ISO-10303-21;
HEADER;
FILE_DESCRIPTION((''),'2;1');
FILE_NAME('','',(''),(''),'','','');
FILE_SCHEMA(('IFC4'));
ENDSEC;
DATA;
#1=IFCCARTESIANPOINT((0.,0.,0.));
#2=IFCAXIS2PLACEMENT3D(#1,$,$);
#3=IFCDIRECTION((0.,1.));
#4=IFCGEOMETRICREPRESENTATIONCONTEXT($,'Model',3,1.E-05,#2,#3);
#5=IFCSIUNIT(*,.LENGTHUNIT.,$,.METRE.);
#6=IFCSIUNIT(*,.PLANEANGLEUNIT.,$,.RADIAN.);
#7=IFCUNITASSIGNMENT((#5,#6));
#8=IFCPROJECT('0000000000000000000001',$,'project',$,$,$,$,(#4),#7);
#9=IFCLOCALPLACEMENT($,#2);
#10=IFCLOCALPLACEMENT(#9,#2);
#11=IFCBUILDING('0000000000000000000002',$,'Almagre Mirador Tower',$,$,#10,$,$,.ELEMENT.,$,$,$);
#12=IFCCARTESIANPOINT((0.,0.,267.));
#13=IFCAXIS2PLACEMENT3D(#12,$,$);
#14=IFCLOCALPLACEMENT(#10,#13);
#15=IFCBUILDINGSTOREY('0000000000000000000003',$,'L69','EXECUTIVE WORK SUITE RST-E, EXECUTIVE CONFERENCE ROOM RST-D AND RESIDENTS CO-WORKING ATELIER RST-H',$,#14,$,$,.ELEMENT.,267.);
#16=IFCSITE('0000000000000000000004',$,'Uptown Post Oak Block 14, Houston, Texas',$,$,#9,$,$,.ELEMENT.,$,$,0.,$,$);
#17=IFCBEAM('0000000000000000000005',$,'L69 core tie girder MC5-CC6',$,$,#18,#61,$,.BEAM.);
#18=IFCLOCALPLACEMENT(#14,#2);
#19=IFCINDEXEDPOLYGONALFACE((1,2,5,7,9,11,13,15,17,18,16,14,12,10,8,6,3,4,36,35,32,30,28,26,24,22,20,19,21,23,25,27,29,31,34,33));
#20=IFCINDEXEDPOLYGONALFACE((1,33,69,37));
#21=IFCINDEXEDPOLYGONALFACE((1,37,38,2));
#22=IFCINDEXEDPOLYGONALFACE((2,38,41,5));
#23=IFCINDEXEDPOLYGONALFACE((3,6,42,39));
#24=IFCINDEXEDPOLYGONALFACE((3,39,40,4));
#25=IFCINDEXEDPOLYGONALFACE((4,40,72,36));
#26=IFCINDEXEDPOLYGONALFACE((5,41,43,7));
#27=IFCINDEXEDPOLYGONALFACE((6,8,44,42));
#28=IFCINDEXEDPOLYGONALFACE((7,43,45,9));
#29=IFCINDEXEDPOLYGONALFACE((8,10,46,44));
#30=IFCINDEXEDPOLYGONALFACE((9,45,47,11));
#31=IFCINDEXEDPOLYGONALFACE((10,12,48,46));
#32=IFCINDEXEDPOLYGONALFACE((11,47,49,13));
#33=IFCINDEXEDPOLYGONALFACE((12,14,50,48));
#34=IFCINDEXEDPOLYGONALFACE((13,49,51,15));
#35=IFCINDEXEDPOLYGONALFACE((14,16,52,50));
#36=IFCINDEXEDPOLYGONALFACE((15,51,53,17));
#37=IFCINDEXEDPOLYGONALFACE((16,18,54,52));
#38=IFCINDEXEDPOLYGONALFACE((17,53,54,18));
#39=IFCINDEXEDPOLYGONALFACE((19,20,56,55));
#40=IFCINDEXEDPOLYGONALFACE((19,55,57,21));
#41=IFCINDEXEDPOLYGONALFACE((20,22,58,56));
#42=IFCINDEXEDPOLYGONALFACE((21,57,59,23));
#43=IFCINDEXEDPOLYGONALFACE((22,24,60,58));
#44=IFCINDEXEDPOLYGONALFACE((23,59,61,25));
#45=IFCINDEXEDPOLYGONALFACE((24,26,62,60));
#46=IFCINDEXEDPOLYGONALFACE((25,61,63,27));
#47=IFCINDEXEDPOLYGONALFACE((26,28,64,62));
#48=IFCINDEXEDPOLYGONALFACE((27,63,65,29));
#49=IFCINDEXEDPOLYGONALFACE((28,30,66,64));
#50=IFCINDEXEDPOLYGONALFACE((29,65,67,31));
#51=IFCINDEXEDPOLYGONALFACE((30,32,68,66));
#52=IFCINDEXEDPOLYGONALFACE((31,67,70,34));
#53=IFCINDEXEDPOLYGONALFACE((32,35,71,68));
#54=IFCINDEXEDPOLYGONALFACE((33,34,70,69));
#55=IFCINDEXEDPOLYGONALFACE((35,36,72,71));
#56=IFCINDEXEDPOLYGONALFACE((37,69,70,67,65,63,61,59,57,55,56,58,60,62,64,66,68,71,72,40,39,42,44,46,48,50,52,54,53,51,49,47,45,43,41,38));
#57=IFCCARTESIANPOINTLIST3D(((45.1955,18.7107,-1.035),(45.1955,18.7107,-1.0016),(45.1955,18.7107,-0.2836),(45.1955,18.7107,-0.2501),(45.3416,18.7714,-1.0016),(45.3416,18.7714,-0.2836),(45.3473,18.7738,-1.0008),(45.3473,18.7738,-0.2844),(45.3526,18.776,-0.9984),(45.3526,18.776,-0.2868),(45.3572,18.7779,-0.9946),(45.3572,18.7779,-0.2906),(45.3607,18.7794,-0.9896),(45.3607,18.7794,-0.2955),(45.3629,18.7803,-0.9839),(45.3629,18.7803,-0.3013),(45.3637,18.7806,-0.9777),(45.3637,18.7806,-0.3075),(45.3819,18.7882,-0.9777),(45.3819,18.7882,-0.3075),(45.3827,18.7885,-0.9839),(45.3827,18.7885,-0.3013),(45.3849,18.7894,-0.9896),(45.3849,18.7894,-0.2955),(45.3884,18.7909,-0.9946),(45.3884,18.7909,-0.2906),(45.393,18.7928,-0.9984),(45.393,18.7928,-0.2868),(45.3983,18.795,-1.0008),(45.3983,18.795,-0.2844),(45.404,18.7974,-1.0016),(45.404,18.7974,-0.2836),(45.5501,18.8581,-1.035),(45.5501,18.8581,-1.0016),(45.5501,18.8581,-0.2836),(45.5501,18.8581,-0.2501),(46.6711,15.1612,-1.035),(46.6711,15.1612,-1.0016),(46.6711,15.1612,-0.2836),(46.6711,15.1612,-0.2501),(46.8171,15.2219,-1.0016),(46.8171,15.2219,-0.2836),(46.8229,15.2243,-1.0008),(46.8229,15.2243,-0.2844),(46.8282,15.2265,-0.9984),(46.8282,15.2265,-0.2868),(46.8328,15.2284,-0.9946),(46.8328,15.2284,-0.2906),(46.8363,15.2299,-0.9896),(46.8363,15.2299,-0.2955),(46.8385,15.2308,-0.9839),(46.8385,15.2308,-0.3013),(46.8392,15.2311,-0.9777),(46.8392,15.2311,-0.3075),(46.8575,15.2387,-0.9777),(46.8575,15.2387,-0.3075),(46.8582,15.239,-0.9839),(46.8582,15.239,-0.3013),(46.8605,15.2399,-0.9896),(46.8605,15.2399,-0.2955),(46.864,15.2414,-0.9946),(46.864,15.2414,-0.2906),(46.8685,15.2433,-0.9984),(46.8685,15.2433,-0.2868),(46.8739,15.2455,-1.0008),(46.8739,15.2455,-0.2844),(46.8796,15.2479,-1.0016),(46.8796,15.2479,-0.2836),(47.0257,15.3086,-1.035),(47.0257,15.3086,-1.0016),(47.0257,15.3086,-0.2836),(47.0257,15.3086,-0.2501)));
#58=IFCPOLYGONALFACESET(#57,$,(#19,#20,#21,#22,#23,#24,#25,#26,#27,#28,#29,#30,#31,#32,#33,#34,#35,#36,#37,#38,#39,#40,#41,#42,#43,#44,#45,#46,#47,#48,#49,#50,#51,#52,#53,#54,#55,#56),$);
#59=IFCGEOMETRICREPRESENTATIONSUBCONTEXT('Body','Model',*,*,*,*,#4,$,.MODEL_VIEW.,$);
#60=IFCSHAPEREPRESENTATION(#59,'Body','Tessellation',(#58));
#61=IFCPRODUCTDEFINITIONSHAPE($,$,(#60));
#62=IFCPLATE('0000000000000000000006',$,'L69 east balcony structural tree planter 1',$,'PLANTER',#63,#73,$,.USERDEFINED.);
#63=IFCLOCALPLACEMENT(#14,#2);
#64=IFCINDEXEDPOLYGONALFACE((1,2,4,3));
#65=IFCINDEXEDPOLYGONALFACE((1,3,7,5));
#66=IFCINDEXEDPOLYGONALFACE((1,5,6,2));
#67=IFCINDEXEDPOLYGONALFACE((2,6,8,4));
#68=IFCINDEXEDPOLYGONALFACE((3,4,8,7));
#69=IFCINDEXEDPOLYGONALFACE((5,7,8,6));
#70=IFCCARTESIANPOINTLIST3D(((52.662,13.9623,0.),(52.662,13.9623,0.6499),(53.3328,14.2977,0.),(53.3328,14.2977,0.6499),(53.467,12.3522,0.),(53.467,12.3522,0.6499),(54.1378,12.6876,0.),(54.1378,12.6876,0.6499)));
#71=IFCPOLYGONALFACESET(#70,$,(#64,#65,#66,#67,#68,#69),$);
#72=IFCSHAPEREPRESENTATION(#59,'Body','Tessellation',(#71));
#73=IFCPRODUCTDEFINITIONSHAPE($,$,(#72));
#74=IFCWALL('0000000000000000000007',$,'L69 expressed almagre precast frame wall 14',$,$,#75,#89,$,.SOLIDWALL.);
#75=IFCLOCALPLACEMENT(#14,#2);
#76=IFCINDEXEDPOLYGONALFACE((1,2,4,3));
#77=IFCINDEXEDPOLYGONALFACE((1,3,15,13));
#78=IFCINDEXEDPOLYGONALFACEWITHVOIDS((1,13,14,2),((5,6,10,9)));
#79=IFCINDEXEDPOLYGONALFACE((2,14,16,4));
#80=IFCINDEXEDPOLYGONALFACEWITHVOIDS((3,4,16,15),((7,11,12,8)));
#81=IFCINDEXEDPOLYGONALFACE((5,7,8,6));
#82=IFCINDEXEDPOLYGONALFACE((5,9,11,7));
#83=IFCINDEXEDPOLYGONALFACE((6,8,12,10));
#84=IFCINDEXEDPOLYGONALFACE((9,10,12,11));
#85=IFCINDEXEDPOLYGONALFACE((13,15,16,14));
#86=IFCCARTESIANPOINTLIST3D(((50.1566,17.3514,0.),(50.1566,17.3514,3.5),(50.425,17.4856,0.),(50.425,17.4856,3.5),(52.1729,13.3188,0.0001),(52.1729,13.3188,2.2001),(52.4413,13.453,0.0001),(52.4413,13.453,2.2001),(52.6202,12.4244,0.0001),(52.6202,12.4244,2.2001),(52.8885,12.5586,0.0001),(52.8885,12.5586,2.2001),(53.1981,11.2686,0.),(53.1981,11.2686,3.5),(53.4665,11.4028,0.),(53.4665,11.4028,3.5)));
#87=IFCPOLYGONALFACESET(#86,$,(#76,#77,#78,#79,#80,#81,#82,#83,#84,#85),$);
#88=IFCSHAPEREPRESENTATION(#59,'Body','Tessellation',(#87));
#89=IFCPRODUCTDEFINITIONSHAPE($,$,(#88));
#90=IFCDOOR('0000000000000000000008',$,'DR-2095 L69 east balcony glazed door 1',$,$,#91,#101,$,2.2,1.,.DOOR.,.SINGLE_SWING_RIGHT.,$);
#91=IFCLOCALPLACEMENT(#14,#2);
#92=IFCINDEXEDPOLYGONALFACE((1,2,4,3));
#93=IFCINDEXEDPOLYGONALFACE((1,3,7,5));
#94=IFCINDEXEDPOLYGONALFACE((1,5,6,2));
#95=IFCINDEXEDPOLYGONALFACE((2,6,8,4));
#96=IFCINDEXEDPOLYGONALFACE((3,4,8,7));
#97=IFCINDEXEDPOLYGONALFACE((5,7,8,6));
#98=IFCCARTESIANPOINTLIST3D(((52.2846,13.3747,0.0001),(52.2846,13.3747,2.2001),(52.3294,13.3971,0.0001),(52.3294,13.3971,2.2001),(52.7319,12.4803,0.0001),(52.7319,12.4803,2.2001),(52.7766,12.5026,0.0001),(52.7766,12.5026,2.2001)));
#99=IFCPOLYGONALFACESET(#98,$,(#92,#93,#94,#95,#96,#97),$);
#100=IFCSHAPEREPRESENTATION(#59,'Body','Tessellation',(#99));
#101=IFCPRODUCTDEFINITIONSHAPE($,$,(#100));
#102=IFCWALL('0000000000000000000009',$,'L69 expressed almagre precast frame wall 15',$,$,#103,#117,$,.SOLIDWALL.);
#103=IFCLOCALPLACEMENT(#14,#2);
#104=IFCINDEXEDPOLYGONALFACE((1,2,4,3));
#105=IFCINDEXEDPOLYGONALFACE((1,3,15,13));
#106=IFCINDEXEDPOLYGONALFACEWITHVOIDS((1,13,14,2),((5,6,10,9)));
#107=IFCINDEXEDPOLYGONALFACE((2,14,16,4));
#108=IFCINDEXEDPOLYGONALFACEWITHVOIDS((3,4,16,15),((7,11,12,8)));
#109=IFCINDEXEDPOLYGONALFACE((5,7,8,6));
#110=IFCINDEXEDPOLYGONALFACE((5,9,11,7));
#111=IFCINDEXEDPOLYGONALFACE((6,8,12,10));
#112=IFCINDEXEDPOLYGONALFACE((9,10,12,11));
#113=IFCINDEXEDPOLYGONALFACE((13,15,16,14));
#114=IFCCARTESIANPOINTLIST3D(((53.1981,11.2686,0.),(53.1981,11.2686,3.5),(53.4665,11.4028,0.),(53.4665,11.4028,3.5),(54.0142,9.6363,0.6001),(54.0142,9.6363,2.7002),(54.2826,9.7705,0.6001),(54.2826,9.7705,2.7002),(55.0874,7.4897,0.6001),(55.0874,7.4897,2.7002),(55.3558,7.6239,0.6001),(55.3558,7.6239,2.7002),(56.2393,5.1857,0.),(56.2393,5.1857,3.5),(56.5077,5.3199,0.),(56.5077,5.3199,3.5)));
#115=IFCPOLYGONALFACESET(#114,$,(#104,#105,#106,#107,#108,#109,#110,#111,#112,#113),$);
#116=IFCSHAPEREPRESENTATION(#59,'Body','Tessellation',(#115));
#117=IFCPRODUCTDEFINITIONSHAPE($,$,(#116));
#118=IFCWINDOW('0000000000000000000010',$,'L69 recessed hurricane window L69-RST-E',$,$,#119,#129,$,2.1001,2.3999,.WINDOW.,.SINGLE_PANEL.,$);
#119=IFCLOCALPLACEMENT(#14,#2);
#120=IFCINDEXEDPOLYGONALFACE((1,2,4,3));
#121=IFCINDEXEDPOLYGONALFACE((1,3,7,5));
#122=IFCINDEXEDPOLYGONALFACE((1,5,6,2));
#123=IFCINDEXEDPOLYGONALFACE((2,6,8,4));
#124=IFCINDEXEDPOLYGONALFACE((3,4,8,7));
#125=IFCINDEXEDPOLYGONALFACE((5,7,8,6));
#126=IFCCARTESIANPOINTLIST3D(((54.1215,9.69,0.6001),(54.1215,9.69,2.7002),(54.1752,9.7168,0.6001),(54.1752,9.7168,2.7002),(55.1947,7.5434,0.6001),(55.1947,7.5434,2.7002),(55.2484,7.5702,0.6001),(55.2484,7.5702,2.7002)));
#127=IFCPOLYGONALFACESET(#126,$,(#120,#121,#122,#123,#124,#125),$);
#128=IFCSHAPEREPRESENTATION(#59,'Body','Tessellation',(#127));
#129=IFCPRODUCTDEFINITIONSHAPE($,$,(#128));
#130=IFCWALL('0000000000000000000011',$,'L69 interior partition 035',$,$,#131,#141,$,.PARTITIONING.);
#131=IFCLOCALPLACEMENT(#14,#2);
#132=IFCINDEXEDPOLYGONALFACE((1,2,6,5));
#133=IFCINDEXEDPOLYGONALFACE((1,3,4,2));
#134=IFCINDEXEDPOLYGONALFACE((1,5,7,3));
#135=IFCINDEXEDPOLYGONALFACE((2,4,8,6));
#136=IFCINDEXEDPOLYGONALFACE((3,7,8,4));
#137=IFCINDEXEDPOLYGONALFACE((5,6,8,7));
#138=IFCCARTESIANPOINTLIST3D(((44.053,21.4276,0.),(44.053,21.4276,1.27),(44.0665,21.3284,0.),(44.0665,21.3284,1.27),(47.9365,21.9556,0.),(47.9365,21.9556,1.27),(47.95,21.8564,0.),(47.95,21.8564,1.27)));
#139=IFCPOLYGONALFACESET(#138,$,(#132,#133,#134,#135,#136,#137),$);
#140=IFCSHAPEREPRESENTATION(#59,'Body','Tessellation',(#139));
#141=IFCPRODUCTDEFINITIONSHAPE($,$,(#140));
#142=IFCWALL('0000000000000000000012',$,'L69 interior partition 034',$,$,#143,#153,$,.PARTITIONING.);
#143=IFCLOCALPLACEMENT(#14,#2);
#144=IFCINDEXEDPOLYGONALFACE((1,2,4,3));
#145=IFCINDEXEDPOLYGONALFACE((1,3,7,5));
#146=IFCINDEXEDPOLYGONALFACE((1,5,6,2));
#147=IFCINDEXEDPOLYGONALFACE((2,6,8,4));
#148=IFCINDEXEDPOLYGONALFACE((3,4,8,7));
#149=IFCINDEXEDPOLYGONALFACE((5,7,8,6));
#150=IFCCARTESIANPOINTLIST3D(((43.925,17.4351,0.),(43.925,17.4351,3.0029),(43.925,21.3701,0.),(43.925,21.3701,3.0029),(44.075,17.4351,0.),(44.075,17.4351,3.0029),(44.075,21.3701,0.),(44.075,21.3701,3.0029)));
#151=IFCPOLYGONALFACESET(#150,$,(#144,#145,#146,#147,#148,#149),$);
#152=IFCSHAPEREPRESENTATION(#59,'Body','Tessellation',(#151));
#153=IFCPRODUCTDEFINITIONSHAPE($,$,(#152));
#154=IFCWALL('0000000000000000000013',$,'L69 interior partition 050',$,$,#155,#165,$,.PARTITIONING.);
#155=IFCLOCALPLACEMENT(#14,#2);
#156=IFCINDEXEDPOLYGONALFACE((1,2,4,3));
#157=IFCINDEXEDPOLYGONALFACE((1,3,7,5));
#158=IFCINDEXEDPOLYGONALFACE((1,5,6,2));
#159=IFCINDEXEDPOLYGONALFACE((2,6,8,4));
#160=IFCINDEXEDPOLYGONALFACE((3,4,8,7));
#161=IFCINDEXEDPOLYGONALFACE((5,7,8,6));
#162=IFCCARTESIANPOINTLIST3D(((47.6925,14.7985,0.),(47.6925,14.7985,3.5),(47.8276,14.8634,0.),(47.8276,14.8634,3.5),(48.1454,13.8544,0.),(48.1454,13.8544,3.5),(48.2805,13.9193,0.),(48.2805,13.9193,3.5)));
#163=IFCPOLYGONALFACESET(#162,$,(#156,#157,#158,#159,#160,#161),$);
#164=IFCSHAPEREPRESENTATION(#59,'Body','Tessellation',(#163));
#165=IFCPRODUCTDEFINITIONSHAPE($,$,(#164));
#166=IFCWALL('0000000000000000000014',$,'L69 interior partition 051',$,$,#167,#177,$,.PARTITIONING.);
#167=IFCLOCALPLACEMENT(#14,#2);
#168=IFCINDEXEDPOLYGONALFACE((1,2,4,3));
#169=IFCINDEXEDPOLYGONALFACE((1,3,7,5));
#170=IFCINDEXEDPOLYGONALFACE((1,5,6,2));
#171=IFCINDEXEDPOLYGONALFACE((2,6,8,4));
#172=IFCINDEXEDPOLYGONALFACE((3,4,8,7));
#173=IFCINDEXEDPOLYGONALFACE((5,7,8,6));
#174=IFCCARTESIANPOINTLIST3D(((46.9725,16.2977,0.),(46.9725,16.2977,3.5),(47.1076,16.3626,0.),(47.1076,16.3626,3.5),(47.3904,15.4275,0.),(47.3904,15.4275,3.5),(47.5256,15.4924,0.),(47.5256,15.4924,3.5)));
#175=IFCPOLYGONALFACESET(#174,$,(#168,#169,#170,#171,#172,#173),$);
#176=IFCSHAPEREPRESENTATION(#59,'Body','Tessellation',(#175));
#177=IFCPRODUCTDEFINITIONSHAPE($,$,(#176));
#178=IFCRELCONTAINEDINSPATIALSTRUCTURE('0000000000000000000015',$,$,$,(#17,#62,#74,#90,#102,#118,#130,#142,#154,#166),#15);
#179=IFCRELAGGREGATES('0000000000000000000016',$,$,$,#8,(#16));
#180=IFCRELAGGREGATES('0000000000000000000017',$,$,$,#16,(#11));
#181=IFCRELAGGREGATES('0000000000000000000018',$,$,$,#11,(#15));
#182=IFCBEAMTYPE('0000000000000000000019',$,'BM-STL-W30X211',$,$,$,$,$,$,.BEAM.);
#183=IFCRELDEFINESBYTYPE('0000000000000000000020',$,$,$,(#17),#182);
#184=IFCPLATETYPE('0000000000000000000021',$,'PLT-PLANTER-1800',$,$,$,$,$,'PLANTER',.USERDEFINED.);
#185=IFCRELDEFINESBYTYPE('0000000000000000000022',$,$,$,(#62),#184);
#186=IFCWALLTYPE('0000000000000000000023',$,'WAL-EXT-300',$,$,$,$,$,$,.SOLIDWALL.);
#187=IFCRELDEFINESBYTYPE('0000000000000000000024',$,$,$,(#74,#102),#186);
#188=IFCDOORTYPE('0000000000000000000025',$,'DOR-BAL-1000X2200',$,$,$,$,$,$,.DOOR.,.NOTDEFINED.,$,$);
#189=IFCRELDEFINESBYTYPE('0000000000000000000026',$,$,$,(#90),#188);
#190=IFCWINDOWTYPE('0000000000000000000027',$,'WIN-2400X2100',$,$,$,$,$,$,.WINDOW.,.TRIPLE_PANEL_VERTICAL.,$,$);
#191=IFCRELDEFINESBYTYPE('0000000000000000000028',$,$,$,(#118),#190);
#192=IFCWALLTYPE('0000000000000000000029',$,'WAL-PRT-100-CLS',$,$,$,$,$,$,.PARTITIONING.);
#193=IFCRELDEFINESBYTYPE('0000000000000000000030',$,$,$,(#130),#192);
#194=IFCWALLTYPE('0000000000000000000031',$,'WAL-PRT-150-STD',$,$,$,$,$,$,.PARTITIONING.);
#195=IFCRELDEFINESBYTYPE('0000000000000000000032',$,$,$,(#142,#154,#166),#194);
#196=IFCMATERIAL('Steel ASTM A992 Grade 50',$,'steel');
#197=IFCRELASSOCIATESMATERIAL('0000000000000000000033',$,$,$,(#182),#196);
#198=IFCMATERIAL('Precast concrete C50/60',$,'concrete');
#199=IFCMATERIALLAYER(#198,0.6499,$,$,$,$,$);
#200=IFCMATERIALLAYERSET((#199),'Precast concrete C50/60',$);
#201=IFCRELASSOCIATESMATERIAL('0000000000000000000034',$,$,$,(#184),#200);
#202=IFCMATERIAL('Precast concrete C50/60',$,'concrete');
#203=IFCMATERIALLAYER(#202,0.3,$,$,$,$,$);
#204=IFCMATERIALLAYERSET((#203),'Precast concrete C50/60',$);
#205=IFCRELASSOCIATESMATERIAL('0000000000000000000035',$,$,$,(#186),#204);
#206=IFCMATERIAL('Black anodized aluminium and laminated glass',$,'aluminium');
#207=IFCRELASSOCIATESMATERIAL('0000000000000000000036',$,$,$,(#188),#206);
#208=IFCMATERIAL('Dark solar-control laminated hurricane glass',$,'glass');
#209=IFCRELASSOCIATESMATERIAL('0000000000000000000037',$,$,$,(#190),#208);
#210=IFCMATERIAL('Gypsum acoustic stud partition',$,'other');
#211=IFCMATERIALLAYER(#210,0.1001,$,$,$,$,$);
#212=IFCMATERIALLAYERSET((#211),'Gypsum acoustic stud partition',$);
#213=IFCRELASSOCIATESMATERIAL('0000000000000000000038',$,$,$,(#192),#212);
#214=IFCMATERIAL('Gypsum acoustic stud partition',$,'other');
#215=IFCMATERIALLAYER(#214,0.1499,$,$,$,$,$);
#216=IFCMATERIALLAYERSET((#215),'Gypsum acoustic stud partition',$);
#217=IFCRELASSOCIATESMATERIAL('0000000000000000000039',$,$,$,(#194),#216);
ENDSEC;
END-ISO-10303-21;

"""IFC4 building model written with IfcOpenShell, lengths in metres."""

from ifc_helpers import new_model, si_unit, direction, frame, frame_2d, origin, origin_2d, place, context, subcontext, project, spatial, rectangle, i_section, extrude, material, layer, layer_set, material_profile, profile_set, type_object, element, fill, save


model = new_model("IFC4")

# Units and contexts
model_context = context("Model", 3, precision=1e-05, world=origin(), true_north=direction((0.0, 1.0)))
body_context = subcontext(model_context, "Body", "Model", "MODEL_VIEW")
ifc_project = project(units=[si_unit("LENGTHUNIT", "METRE"), si_unit("PLANEANGLEUNIT", "RADIAN")], contexts=[model_context])

# Site, building, storey
site_placement = place(None, origin())
site = spatial("IfcSite", under=ifc_project, at=site_placement, Name="Uptown Post Oak Block 14, Houston, Texas", CompositionType="ELEMENT", RefElevation=0.0)
building_placement = place(site_placement, origin())
building = spatial("IfcBuilding", under=site, at=building_placement, Name="Almagre Mirador Tower", CompositionType="ELEMENT")
storey_placement = place(building_placement, frame((0.0, 0.0, 267.0)))
storey = spatial("IfcBuildingStorey", under=building, at=storey_placement, Name="L69", Description="EXECUTIVE WORK SUITE RST-E, EXECUTIVE CONFERENCE ROOM RST-D AND RESIDENTS CO-WORKING ATELIER RST-H", CompositionType="ELEMENT", Elevation=267.0)

# Beam
ifc_material_1 = material(Name="Steel ASTM A992 Grade 50", Category="steel")
ifc_material_profile_1 = material_profile(ifc_material_1, i_section(OverallWidth=0.384, OverallDepth=0.7849, WebThickness=0.0198, FlangeThickness=0.0334, FilletRadius=0.0239, at=origin_2d()), Name="W30X211")
ifc_profile_set_1 = profile_set([ifc_material_profile_1], Name="Steel ASTM A992 Grade 50")
beam_type_1 = type_object("IfcBeamType", Name="BM-STL-W30X211", PredefinedType="BEAM", material=ifc_profile_set_1)
beam_1_placement = place(storey_placement, frame((45.3728, 18.7844, -0.6426), z_axis=(0.383862, -0.92339, 0.0), x_axis=(0.92339, 0.383862, 0.0)))
element("IfcBeam", 1, at=beam_1_placement, inside=storey, type_object=beam_type_1, Name="L69 core tie girder MC5-CC6", PredefinedType="BEAM", context=body_context, shape_type="SweptSolid", body=[
    extrude(i_section(OverallWidth=0.384, OverallDepth=0.7849, WebThickness=0.0198, FlangeThickness=0.0334, FilletRadius=0.0239, at=origin_2d()), origin(), (0.0, 0.0, 1.0), 3.844),
])

# Plate
ifc_material_2 = material(Name="Precast concrete C50/60", Category="concrete")
ifc_layer_1 = layer(ifc_material_2, 0.6499)
ifc_layer_set_1 = layer_set([ifc_layer_1], Name="Precast concrete C50/60")
plate_type = type_object("IfcPlateType", Name="PLT-PLANTER-1800", ElementType="PLANTER", PredefinedType="USERDEFINED", material=ifc_layer_set_1)
plate_placement = place(storey_placement, frame((53.3999, 13.325, 0.0), z_axis=(0.0, 0.0, 1.0), x_axis=(-0.447213, 0.894428, 0.0)))
element("IfcPlate", 2, at=plate_placement, inside=storey, type_object=plate_type, Name="L69 east balcony structural tree planter 1", ObjectType="PLANTER", PredefinedType="USERDEFINED", context=body_context, shape_type="SweptSolid", body=[
    extrude(rectangle(XDim=1.8, YDim=0.75, at=origin_2d()), origin(), (0.0, 0.0, 1.0), 0.6499),
])

# Wall, opening, door
ifc_material_3 = material(Name="Precast concrete C50/60", Category="concrete")
ifc_layer_2 = layer(ifc_material_3, 0.3)
ifc_layer_set_2 = layer_set([ifc_layer_2], Name="Precast concrete C50/60")
wall_type_1 = type_object("IfcWallType", Name="WAL-EXT-300", PredefinedType="SOLIDWALL", material=ifc_layer_set_2)
wall_1_placement = place(storey_placement, frame((50.2908, 17.4185, 0.0), z_axis=(0.0, 0.0, 1.0), x_axis=(0.447228, -0.89442, 0.0)))
wall_1 = element("IfcWall", 3, at=wall_1_placement, inside=storey, type_object=wall_type_1, Name="L69 expressed almagre precast frame wall 14", PredefinedType="SOLIDWALL", context=body_context, shape_type="SweptSolid", body=[
    extrude(rectangle(XDim=6.8008, YDim=0.3, at=frame_2d((3.4004, 0.0))), origin(), (0.0, 0.0, 1.0), 3.5),
])
opening_1_placement = place(wall_1_placement, frame((4.5085, 0.0, 0.0)))
opening_1 = element("IfcOpeningElement", 4, at=opening_1_placement, cuts=wall_1, PredefinedType="OPENING", context=body_context, shape_type="SweptSolid", body=[
    extrude(rectangle(XDim=1.0, YDim=2.2, at=frame_2d((0.5, 1.1001))), frame((0.0, 0.1599, 0.0), z_axis=(0.0, -1.0, 0.0), x_axis=(1.0, 0.0, 0.0)), (0.0, 0.0, 1.0), 0.32),
])
ifc_material_4 = material(Name="Black anodized aluminium and laminated glass", Category="aluminium")
door_type_1 = type_object("IfcDoorType", Name="DOR-BAL-1000X2200", OperationType="NOTDEFINED", PredefinedType="DOOR", material=ifc_material_4)
door_1_placement = place(opening_1_placement, origin())
door_1 = element("IfcDoor", 5, at=door_1_placement, inside=storey, type_object=door_type_1, Name="DR-2095 L69 east balcony glazed door 1", OperationType="SINGLE_SWING_RIGHT", OverallHeight=2.2, OverallWidth=1.0, PredefinedType="DOOR", context=body_context, shape_type="SweptSolid", body=[
    extrude(rectangle(XDim=1.0, YDim=2.2, at=frame_2d((0.5, 1.1001))), frame((0.0, 0.0249, 0.0), z_axis=(0.0, -1.0, 0.0), x_axis=(1.0, 0.0, 0.0)), (0.0, 0.0, 1.0), 0.05),
])
fill(opening_1, door_1)

# Wall, opening, window
wall_2_placement = place(storey_placement, frame((53.3323, 11.3357, 0.0), z_axis=(0.0, 0.0, 1.0), x_axis=(0.447185, -0.894442, 0.0)))
wall_2 = element("IfcWall", 6, at=wall_2_placement, inside=storey, type_object=wall_type_1, Name="L69 expressed almagre precast frame wall 15", PredefinedType="SOLIDWALL", context=body_context, shape_type="SweptSolid", body=[
    extrude(rectangle(XDim=6.8008, YDim=0.3, at=frame_2d((3.4004, 0.0))), origin(), (0.0, 0.0, 1.0), 3.5),
])
opening_2_placement = place(wall_2_placement, frame((1.825, 0.0, 0.6001)))
opening_2 = element("IfcOpeningElement", 7, at=opening_2_placement, cuts=wall_2, PredefinedType="OPENING", context=body_context, shape_type="SweptSolid", body=[
    extrude(rectangle(XDim=2.3999, YDim=2.1001, at=frame_2d((1.2, 1.05))), frame((0.0, 0.1599, 0.0), z_axis=(0.0, -1.0, 0.0), x_axis=(1.0, 0.0, 0.0)), (0.0, 0.0, 1.0), 0.32),
])
ifc_material_5 = material(Name="Dark solar-control laminated hurricane glass", Category="glass")
window_type = type_object("IfcWindowType", Name="WIN-2400X2100", PartitioningType="TRIPLE_PANEL_VERTICAL", PredefinedType="WINDOW", material=ifc_material_5)
window_placement = place(opening_2_placement, origin())
window = element("IfcWindow", 8, at=window_placement, inside=storey, type_object=window_type, Name="L69 recessed hurricane window L69-RST-E", OverallHeight=2.1001, OverallWidth=2.3999, PartitioningType="SINGLE_PANEL", PredefinedType="WINDOW", context=body_context, shape_type="SweptSolid", body=[
    extrude(rectangle(XDim=2.3999, YDim=2.1001, at=frame_2d((1.2, 1.05))), frame((0.0, 0.03, 0.0), z_axis=(0.0, -1.0, 0.0), x_axis=(1.0, 0.0, 0.0)), (0.0, 0.0, 1.0), 0.0601),
])
fill(opening_2, window)

# Walls
ifc_material_6 = material(Name="Gypsum acoustic stud partition", Category="other")
ifc_layer_3 = layer(ifc_material_6, 0.1001)
ifc_layer_set_3 = layer_set([ifc_layer_3], Name="Gypsum acoustic stud partition")
wall_type_2 = type_object("IfcWallType", Name="WAL-PRT-100-CLS", PredefinedType="PARTITIONING", material=ifc_layer_set_3)
wall_3_placement = place(storey_placement, frame((47.9431, 21.906, 0.0), z_axis=(0.0, 0.0, 1.0), x_axis=(-0.990881, -0.134738, 0.0)))
element("IfcWall", 9, at=wall_3_placement, inside=storey, type_object=wall_type_2, Name="L69 interior partition 035", PredefinedType="PARTITIONING", context=body_context, shape_type="SweptSolid", body=[
    extrude(rectangle(XDim=3.9192, YDim=0.1001, at=frame_2d((1.9595, 0.0))), origin(), (0.0, 0.0, 1.0), 1.27),
])
ifc_material_7 = material(Name="Gypsum acoustic stud partition", Category="other")
ifc_layer_4 = layer(ifc_material_7, 0.1499)
ifc_layer_set_4 = layer_set([ifc_layer_4], Name="Gypsum acoustic stud partition")
wall_type_3 = type_object("IfcWallType", Name="WAL-PRT-150-STD", PredefinedType="PARTITIONING", material=ifc_layer_set_4)
wall_4_placement = place(storey_placement, frame((44.0, 21.3701, 0.0), z_axis=(0.0, 0.0, 1.0), x_axis=(0.0, -1.0, 0.0)))
element("IfcWall", 10, at=wall_4_placement, inside=storey, type_object=wall_type_3, Name="L69 interior partition 034", PredefinedType="PARTITIONING", context=body_context, shape_type="SweptSolid", body=[
    extrude(rectangle(XDim=3.9351, YDim=0.1499, at=frame_2d((1.9675, 0.0))), origin(), (0.0, 0.0, 1.0), 3.0029),
])
wall_5_placement = place(storey_placement, frame((48.2129, 13.887, 0.0), z_axis=(0.0, 0.0, 1.0), x_axis=(-0.432511, 0.901629, 0.0)))
element("IfcWall", 11, at=wall_5_placement, inside=storey, type_object=wall_type_3, Name="L69 interior partition 050", PredefinedType="PARTITIONING", context=body_context, shape_type="SweptSolid", body=[
    extrude(rectangle(XDim=1.0471, YDim=0.1499, at=frame_2d((0.5234, 0.0))), origin(), (0.0, 0.0, 1.0), 3.5),
])
wall_6_placement = place(storey_placement, frame((47.458, 15.46, 0.0), z_axis=(0.0, 0.0, 1.0), x_axis=(-0.432994, 0.901397, 0.0)))
element("IfcWall", 12, at=wall_6_placement, inside=storey, type_object=wall_type_3, Name="L69 interior partition 051", PredefinedType="PARTITIONING", context=body_context, shape_type="SweptSolid", body=[
    extrude(rectangle(XDim=0.9653, YDim=0.1499, at=frame_2d((0.4827, 0.0))), origin(), (0.0, 0.0, 1.0), 3.5),
])

save(model, "model.ifc")
